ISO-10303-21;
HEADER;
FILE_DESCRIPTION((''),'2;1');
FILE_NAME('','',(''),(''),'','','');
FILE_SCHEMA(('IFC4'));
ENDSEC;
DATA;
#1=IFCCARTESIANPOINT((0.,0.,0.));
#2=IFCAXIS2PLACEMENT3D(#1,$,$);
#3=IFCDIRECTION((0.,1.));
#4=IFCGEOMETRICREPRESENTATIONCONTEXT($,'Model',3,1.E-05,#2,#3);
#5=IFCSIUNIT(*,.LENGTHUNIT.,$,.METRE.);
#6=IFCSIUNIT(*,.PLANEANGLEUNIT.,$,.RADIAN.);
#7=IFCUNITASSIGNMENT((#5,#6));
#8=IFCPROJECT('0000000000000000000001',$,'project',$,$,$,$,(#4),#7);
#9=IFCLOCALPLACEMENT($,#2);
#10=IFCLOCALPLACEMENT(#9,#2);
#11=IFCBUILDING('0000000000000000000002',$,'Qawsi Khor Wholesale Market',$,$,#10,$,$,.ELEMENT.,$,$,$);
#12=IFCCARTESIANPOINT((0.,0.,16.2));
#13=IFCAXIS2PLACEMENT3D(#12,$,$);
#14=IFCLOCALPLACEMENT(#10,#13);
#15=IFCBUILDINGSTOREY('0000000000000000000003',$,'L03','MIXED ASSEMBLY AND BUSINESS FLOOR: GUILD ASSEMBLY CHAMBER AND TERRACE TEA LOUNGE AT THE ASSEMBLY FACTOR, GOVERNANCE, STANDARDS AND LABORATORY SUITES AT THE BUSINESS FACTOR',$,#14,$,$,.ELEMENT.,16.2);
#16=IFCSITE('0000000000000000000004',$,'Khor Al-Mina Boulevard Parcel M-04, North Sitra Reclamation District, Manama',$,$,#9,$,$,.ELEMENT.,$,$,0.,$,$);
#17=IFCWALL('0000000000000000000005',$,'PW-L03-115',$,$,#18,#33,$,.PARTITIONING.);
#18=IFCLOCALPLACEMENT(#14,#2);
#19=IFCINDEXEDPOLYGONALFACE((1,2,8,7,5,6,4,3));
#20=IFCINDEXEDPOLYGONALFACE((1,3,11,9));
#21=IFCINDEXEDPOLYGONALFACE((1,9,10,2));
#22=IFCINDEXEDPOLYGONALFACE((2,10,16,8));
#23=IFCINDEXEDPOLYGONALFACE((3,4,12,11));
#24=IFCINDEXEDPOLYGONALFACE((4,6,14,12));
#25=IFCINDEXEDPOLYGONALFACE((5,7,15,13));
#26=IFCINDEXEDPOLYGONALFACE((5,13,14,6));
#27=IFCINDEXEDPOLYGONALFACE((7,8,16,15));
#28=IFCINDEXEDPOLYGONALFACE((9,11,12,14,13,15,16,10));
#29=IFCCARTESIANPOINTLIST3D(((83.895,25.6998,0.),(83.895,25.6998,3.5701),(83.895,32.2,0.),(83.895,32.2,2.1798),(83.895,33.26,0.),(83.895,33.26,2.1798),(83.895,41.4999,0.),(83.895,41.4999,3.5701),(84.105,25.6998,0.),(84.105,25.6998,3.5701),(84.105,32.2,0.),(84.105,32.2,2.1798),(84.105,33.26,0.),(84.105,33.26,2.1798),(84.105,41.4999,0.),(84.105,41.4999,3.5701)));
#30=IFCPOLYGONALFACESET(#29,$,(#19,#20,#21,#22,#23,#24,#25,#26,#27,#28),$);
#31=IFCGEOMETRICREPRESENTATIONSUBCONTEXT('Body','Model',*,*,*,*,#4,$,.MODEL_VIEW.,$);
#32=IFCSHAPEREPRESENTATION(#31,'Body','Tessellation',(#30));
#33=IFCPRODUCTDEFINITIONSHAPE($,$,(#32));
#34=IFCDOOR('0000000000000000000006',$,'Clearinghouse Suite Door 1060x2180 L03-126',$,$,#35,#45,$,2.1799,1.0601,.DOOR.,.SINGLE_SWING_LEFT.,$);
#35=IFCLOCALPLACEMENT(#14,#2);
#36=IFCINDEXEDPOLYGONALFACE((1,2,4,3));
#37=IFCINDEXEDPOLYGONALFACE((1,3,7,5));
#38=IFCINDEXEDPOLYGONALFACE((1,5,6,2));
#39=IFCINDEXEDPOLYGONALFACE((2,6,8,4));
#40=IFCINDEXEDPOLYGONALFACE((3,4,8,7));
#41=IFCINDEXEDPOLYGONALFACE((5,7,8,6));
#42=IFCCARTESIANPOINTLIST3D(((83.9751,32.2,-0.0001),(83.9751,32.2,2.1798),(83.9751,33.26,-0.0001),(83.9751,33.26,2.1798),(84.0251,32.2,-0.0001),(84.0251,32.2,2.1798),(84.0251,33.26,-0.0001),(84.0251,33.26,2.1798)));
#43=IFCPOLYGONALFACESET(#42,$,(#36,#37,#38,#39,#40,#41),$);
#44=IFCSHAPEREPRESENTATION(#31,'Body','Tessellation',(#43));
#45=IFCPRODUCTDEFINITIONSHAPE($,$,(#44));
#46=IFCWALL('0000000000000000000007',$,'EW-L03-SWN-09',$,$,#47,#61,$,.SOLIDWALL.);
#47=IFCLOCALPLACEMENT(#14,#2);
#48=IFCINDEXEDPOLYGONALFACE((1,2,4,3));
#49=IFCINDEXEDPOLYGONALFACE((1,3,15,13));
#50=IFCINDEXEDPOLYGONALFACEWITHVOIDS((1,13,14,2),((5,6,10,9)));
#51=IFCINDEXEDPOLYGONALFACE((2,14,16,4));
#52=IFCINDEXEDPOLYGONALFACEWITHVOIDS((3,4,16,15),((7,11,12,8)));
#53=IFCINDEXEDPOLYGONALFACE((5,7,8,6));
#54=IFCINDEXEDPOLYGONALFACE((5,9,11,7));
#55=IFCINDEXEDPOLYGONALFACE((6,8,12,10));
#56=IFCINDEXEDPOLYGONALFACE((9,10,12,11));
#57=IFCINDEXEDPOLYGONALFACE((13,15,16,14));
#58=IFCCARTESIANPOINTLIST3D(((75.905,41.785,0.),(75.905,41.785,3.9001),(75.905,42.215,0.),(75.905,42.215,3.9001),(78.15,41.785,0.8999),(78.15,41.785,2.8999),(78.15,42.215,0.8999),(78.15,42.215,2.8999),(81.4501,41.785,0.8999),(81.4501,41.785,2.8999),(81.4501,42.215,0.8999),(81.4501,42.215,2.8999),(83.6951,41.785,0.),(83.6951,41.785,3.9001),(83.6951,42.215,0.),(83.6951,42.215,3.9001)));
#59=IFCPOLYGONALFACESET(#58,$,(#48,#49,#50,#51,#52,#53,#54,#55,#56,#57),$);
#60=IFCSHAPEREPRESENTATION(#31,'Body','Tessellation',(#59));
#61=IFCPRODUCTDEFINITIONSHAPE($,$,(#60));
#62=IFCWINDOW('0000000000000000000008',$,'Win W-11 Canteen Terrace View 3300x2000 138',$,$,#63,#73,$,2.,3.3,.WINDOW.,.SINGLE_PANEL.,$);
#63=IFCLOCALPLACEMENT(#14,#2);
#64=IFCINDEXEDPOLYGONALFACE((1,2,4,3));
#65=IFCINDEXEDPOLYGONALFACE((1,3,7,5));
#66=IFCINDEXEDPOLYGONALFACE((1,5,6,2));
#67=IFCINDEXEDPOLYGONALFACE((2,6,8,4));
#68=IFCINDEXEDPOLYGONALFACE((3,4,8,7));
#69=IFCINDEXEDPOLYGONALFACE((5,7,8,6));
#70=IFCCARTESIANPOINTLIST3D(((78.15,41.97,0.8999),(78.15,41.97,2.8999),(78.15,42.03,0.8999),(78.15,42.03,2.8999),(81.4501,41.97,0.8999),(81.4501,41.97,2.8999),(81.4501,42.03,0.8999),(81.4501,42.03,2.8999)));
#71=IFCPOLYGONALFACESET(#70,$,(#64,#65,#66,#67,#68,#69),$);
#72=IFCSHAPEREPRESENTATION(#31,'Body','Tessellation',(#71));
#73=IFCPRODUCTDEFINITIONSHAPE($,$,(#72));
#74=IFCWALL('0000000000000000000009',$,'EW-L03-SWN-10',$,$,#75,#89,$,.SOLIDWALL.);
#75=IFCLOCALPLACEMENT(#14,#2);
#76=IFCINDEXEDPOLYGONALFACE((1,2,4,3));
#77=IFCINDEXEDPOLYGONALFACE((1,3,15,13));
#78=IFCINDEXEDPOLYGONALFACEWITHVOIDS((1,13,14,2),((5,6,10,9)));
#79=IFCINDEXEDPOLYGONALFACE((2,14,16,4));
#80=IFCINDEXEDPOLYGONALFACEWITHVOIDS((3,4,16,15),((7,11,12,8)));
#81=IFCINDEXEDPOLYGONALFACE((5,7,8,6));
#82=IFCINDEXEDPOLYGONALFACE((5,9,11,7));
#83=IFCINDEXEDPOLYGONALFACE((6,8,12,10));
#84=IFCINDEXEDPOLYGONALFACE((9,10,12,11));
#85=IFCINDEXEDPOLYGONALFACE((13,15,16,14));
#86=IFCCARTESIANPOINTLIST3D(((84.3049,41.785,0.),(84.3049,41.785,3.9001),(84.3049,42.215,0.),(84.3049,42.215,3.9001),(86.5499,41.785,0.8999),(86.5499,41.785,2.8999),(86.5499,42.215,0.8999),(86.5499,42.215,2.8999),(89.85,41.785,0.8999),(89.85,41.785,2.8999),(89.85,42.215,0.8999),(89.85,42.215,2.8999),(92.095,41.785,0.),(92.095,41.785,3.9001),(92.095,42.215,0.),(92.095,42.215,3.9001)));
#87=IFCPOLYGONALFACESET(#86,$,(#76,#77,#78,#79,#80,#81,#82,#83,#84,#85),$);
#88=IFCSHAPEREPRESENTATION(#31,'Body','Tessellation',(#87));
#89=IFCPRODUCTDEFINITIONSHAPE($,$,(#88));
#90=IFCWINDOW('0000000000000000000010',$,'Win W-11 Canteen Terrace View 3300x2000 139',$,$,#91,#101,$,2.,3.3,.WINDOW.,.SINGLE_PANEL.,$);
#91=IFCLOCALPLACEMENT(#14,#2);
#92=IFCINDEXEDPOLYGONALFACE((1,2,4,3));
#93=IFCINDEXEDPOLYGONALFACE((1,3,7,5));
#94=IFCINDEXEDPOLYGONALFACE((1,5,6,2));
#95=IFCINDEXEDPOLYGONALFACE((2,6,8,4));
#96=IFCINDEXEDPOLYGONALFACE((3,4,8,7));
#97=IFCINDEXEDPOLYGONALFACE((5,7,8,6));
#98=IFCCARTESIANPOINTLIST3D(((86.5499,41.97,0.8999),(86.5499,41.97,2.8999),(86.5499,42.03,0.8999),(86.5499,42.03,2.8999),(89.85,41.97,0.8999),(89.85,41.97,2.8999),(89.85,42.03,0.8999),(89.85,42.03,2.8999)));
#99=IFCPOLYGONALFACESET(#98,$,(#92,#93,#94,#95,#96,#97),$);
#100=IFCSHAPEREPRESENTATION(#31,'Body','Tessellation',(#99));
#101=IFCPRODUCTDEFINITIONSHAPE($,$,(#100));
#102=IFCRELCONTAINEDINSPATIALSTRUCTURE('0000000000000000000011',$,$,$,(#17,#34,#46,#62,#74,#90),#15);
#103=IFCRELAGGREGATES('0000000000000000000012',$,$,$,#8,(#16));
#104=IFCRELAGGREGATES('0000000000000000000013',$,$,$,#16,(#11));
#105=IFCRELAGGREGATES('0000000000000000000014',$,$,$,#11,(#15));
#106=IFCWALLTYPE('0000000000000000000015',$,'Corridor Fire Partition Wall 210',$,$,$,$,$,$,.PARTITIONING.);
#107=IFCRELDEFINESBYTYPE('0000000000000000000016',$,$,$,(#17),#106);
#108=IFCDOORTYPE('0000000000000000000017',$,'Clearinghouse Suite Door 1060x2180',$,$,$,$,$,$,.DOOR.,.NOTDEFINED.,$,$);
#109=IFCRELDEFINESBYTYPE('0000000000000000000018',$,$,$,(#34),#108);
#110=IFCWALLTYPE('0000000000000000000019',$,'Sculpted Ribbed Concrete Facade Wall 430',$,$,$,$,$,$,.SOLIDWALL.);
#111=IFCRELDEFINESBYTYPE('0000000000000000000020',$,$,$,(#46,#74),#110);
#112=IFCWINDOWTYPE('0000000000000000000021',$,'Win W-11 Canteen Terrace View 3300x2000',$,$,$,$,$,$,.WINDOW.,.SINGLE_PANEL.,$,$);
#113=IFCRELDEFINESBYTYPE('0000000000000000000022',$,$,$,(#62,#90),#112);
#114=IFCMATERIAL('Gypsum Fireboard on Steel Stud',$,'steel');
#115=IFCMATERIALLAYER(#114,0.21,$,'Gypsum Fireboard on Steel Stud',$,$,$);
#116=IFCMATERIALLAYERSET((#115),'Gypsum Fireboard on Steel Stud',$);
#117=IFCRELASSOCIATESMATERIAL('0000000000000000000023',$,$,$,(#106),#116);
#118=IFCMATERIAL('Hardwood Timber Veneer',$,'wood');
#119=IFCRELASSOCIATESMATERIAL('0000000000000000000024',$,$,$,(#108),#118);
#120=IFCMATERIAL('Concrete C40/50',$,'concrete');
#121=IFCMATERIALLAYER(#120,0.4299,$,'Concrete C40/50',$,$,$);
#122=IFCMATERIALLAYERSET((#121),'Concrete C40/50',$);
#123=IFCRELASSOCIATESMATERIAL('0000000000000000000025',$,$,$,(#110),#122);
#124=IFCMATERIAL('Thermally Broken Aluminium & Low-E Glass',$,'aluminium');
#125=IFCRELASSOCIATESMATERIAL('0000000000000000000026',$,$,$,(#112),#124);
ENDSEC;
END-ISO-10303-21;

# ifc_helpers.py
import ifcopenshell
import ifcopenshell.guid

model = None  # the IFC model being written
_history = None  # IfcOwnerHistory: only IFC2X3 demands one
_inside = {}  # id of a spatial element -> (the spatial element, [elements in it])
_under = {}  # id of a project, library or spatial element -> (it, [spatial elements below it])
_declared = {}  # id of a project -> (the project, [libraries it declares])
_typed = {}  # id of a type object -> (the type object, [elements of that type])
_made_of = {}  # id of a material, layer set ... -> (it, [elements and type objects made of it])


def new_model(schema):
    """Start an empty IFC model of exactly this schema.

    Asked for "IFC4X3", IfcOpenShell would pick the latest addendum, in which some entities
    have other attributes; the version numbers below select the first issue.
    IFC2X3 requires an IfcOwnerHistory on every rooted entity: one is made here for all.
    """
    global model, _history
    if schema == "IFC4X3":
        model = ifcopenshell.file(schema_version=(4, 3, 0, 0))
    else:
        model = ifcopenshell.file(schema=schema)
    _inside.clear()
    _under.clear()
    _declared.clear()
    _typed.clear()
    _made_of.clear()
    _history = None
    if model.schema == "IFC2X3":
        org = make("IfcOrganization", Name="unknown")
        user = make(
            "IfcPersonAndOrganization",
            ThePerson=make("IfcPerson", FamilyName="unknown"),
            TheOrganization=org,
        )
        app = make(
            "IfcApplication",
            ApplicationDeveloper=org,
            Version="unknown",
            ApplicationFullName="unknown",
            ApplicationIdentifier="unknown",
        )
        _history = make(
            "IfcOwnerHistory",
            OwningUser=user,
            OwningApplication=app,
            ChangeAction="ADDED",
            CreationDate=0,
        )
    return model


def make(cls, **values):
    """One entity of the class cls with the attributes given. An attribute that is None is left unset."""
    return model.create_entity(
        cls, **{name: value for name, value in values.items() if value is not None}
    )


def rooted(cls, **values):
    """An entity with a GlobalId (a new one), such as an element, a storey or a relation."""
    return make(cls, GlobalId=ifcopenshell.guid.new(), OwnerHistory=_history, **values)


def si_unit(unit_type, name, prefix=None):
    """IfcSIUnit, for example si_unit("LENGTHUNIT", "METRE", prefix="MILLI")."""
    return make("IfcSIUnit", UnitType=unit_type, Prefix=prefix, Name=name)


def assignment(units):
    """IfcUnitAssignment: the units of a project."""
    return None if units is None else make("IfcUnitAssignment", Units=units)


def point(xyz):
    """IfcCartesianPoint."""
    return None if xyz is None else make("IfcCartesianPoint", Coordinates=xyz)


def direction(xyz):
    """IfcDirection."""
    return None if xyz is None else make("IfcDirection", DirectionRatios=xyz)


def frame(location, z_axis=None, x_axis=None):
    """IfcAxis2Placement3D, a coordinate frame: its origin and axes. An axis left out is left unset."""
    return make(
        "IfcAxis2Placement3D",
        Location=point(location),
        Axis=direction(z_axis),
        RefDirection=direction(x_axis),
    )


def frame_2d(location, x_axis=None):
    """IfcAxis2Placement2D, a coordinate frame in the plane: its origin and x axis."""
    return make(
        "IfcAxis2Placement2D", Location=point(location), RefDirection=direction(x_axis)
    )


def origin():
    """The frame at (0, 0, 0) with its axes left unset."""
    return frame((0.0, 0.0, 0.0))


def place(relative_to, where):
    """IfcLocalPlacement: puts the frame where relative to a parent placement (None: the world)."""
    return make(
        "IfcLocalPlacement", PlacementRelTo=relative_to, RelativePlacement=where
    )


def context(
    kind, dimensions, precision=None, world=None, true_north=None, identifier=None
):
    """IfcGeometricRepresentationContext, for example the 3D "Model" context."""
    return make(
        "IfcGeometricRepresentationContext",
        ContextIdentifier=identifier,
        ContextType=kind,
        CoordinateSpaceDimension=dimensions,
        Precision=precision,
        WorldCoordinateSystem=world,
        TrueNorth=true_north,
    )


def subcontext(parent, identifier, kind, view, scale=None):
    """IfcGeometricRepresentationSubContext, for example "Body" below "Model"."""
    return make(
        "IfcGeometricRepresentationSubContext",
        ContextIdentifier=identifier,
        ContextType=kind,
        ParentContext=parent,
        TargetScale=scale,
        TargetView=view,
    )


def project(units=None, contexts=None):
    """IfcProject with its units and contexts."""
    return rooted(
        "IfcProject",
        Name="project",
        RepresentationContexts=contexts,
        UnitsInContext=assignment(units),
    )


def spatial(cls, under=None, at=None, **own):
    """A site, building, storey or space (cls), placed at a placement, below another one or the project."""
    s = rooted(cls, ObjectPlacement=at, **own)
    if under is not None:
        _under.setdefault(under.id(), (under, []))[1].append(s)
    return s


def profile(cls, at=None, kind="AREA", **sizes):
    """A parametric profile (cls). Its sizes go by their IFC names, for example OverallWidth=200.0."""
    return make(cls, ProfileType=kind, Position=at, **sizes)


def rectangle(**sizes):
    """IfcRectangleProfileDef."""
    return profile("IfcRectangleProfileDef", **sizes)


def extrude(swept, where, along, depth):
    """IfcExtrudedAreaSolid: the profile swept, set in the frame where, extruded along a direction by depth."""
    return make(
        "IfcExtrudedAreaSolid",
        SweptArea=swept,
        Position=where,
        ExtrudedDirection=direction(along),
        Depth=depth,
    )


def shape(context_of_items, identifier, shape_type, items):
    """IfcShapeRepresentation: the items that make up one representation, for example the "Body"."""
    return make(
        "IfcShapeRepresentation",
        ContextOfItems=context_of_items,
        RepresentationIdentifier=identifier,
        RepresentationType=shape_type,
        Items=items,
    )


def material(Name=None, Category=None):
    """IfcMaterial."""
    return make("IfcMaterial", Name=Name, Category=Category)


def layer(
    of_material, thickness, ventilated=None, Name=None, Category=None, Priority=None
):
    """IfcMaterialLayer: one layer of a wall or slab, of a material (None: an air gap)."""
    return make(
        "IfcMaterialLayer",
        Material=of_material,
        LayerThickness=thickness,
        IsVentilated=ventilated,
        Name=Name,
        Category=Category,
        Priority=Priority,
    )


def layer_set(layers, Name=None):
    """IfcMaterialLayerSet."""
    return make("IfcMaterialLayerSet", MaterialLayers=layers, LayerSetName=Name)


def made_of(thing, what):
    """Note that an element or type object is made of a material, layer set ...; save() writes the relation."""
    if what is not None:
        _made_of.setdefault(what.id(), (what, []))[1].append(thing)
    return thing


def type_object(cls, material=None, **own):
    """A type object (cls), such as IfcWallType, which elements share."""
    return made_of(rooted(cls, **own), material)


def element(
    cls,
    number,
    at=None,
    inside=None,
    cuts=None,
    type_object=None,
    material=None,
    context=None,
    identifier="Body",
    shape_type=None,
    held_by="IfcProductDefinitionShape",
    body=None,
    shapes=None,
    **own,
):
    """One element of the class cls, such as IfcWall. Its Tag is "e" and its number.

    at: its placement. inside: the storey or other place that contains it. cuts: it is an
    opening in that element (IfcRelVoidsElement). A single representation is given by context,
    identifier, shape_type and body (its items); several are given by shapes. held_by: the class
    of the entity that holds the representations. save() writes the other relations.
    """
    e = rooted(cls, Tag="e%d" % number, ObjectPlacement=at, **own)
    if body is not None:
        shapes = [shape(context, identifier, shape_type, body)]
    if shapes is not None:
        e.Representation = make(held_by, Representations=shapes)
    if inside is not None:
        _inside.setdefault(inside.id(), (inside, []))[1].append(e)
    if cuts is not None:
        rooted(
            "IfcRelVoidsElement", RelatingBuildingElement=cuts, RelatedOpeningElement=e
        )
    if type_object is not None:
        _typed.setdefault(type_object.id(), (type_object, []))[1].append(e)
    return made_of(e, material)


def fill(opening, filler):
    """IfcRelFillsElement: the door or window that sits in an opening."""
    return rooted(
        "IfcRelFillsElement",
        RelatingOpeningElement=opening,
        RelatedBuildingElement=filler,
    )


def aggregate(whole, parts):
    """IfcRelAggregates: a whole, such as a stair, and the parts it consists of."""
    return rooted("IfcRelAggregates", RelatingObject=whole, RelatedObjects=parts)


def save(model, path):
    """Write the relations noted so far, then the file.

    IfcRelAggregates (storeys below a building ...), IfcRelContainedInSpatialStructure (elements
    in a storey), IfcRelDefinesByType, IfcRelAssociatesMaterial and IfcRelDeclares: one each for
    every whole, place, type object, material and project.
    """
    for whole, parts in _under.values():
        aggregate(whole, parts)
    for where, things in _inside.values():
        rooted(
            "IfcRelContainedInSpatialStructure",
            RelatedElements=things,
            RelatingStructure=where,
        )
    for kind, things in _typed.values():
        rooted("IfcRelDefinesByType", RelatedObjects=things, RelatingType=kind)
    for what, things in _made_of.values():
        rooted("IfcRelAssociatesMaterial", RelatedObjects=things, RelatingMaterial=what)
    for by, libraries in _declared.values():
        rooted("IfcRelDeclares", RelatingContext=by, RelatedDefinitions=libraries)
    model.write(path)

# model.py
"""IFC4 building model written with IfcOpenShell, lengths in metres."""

from ifc_helpers import new_model, si_unit, direction, frame, frame_2d, origin, place, context, subcontext, project, spatial, rectangle, extrude, material, layer, layer_set, type_object, element, fill, save


model = new_model("IFC4")

# Units and contexts
model_context = context("Model", 3, precision=1e-05, world=origin(), true_north=direction((0.0, 1.0)))
body_context = subcontext(model_context, "Body", "Model", "MODEL_VIEW")
ifc_project = project(units=[si_unit("LENGTHUNIT", "METRE"), si_unit("PLANEANGLEUNIT", "RADIAN")], contexts=[model_context])

# Site, building, storey
site_placement = place(None, origin())
site = spatial("IfcSite", under=ifc_project, at=site_placement, Name="Khor Al-Mina Boulevard Parcel M-04, North Sitra Reclamation District, Manama", CompositionType="ELEMENT", RefElevation=0.0)
building_placement = place(site_placement, origin())
building = spatial("IfcBuilding", under=site, at=building_placement, Name="Qawsi Khor Wholesale Market", CompositionType="ELEMENT")
storey_placement = place(building_placement, frame((0.0, 0.0, 16.2)))
storey = spatial("IfcBuildingStorey", under=building, at=storey_placement, Name="L03", Description="MIXED ASSEMBLY AND BUSINESS FLOOR: GUILD ASSEMBLY CHAMBER AND TERRACE TEA LOUNGE AT THE ASSEMBLY FACTOR, GOVERNANCE, STANDARDS AND LABORATORY SUITES AT THE BUSINESS FACTOR", CompositionType="ELEMENT", Elevation=16.2)

# Shared definitions
ifc_material_1 = material(Name="Concrete C40/50", Category="concrete")

# Wall, opening, door
ifc_material_2 = material(Name="Gypsum Fireboard on Steel Stud", Category="steel")
ifc_layer_1 = layer(ifc_material_2, 0.21, Name="Gypsum Fireboard on Steel Stud")
ifc_layer_set_1 = layer_set([ifc_layer_1], Name="Gypsum Fireboard on Steel Stud")
wall_type_1 = type_object("IfcWallType", Name="Corridor Fire Partition Wall 210", PredefinedType="PARTITIONING", material=ifc_layer_set_1)
wall_1_placement = place(storey_placement, frame((84.0, 25.7, 0.0), z_axis=(0.0, 0.0, 1.0), x_axis=(0.0, 1.0, 0.0)))
wall_1 = element("IfcWall", 1, at=wall_1_placement, inside=storey, type_object=wall_type_1, Name="PW-L03-115", PredefinedType="PARTITIONING", context=body_context, shape_type="SweptSolid", body=[
    extrude(rectangle(XDim=15.8, YDim=0.21, at=frame_2d((7.8999, 0.0))), origin(), (0.0, 0.0, 1.0), 3.5701),
])
opening_1_placement = place(wall_1_placement, frame((6.5, 0.0, 0.0)))
opening_1 = element("IfcOpeningElement", 2, at=opening_1_placement, cuts=wall_1, PredefinedType="OPENING", context=body_context, shape_type="SweptSolid", body=[
    extrude(rectangle(XDim=1.0601, YDim=2.1799, at=frame_2d((0.53, 1.0898))), frame((0.0, 0.115, 0.0), z_axis=(0.0, -1.0, 0.0), x_axis=(1.0, 0.0, 0.0)), (0.0, 0.0, 1.0), 0.23),
])
ifc_material_3 = material(Name="Hardwood Timber Veneer", Category="wood")
door_type = type_object("IfcDoorType", Name="Clearinghouse Suite Door 1060x2180", OperationType="NOTDEFINED", PredefinedType="DOOR", material=ifc_material_3)
door_placement = place(opening_1_placement, origin())
door = element("IfcDoor", 3, at=door_placement, inside=storey, type_object=door_type, Name="Clearinghouse Suite Door 1060x2180 L03-126", OperationType="SINGLE_SWING_LEFT", OverallHeight=2.1799, OverallWidth=1.0601, PredefinedType="DOOR", context=body_context, shape_type="SweptSolid", body=[
    extrude(rectangle(XDim=1.0601, YDim=2.1799, at=frame_2d((0.53, 1.0898))), frame((0.0, 0.0249, 0.0), z_axis=(0.0, -1.0, 0.0), x_axis=(1.0, 0.0, 0.0)), (0.0, 0.0, 1.0), 0.05),
])
fill(opening_1, door)

# Walls, openings, windows
ifc_layer_2 = layer(ifc_material_1, 0.4299, Name="Concrete C40/50")
ifc_layer_set_2 = layer_set([ifc_layer_2], Name="Concrete C40/50")
wall_type_2 = type_object("IfcWallType", Name="Sculpted Ribbed Concrete Facade Wall 430", PredefinedType="SOLIDWALL", material=ifc_layer_set_2)
wall_2_placement = place(storey_placement, frame((75.905, 42.0, 0.0), z_axis=(0.0, 0.0, 1.0), x_axis=(1.0, 0.0, 0.0)))
wall_2 = element("IfcWall", 4, at=wall_2_placement, inside=storey, type_object=wall_type_2, Name="EW-L03-SWN-09", PredefinedType="SOLIDWALL", context=body_context, shape_type="SweptSolid", body=[
    extrude(rectangle(XDim=7.79, YDim=0.4299, at=frame_2d((3.895, 0.0))), origin(), (0.0, 0.0, 1.0), 3.9001),
])
opening_2_placement = place(wall_2_placement, frame((2.2451, 0.0, 0.8999)))
opening_2 = element("IfcOpeningElement", 5, at=opening_2_placement, cuts=wall_2, PredefinedType="OPENING", context=body_context, shape_type="SweptSolid", body=[
    extrude(rectangle(XDim=3.3, YDim=2.0, at=frame_2d((1.6499, 1.0))), frame((0.0, 0.2249, 0.0), z_axis=(0.0, -1.0, 0.0), x_axis=(1.0, 0.0, 0.0)), (0.0, 0.0, 1.0), 0.45),
])
ifc_material_4 = material(Name="Thermally Broken Aluminium & Low-E Glass", Category="aluminium")
window_type = type_object("IfcWindowType", Name="Win W-11 Canteen Terrace View 3300x2000", PartitioningType="SINGLE_PANEL", PredefinedType="WINDOW", material=ifc_material_4)
window_1_placement = place(opening_2_placement, origin())
window_1 = element("IfcWindow", 6, at=window_1_placement, inside=storey, type_object=window_type, Name="Win W-11 Canteen Terrace View 3300x2000 138", OverallHeight=2.0, OverallWidth=3.3, PartitioningType="SINGLE_PANEL", PredefinedType="WINDOW", context=body_context, shape_type="SweptSolid", body=[
    extrude(rectangle(XDim=3.3, YDim=2.0, at=frame_2d((1.6499, 1.0))), frame((0.0, 0.03, 0.0), z_axis=(0.0, -1.0, 0.0), x_axis=(1.0, 0.0, 0.0)), (0.0, 0.0, 1.0), 0.0601),
])
fill(opening_2, window_1)
wall_3_placement = place(storey_placement, frame((84.3049, 42.0, 0.0), z_axis=(0.0, 0.0, 1.0), x_axis=(1.0, 0.0, 0.0)))
wall_3 = element("IfcWall", 7, at=wall_3_placement, inside=storey, type_object=wall_type_2, Name="EW-L03-SWN-10", PredefinedType="SOLIDWALL", context=body_context, shape_type="SweptSolid", body=[
    extrude(rectangle(XDim=7.79, YDim=0.4299, at=frame_2d((3.895, 0.0))), origin(), (0.0, 0.0, 1.0), 3.9001),
])
opening_3_placement = place(wall_3_placement, frame((2.2451, 0.0, 0.8999)))
opening_3 = element("IfcOpeningElement", 8, at=opening_3_placement, cuts=wall_3, PredefinedType="OPENING", context=body_context, shape_type="SweptSolid", body=[
    extrude(rectangle(XDim=3.3, YDim=2.0, at=frame_2d((1.6499, 1.0))), frame((0.0, 0.2249, 0.0), z_axis=(0.0, -1.0, 0.0), x_axis=(1.0, 0.0, 0.0)), (0.0, 0.0, 1.0), 0.45),
])
window_2_placement = place(opening_3_placement, origin())
window_2 = element("IfcWindow", 9, at=window_2_placement, inside=storey, type_object=window_type, Name="Win W-11 Canteen Terrace View 3300x2000 139", OverallHeight=2.0, OverallWidth=3.3, PartitioningType="SINGLE_PANEL", PredefinedType="WINDOW", context=body_context, shape_type="SweptSolid", body=[
    extrude(rectangle(XDim=3.3, YDim=2.0, at=frame_2d((1.6499, 1.0))), frame((0.0, 0.03, 0.0), z_axis=(0.0, -1.0, 0.0), x_axis=(1.0, 0.0, 0.0)), (0.0, 0.0, 1.0), 0.0601),
])
fill(opening_3, window_2)

save(model, "model.ifc")
